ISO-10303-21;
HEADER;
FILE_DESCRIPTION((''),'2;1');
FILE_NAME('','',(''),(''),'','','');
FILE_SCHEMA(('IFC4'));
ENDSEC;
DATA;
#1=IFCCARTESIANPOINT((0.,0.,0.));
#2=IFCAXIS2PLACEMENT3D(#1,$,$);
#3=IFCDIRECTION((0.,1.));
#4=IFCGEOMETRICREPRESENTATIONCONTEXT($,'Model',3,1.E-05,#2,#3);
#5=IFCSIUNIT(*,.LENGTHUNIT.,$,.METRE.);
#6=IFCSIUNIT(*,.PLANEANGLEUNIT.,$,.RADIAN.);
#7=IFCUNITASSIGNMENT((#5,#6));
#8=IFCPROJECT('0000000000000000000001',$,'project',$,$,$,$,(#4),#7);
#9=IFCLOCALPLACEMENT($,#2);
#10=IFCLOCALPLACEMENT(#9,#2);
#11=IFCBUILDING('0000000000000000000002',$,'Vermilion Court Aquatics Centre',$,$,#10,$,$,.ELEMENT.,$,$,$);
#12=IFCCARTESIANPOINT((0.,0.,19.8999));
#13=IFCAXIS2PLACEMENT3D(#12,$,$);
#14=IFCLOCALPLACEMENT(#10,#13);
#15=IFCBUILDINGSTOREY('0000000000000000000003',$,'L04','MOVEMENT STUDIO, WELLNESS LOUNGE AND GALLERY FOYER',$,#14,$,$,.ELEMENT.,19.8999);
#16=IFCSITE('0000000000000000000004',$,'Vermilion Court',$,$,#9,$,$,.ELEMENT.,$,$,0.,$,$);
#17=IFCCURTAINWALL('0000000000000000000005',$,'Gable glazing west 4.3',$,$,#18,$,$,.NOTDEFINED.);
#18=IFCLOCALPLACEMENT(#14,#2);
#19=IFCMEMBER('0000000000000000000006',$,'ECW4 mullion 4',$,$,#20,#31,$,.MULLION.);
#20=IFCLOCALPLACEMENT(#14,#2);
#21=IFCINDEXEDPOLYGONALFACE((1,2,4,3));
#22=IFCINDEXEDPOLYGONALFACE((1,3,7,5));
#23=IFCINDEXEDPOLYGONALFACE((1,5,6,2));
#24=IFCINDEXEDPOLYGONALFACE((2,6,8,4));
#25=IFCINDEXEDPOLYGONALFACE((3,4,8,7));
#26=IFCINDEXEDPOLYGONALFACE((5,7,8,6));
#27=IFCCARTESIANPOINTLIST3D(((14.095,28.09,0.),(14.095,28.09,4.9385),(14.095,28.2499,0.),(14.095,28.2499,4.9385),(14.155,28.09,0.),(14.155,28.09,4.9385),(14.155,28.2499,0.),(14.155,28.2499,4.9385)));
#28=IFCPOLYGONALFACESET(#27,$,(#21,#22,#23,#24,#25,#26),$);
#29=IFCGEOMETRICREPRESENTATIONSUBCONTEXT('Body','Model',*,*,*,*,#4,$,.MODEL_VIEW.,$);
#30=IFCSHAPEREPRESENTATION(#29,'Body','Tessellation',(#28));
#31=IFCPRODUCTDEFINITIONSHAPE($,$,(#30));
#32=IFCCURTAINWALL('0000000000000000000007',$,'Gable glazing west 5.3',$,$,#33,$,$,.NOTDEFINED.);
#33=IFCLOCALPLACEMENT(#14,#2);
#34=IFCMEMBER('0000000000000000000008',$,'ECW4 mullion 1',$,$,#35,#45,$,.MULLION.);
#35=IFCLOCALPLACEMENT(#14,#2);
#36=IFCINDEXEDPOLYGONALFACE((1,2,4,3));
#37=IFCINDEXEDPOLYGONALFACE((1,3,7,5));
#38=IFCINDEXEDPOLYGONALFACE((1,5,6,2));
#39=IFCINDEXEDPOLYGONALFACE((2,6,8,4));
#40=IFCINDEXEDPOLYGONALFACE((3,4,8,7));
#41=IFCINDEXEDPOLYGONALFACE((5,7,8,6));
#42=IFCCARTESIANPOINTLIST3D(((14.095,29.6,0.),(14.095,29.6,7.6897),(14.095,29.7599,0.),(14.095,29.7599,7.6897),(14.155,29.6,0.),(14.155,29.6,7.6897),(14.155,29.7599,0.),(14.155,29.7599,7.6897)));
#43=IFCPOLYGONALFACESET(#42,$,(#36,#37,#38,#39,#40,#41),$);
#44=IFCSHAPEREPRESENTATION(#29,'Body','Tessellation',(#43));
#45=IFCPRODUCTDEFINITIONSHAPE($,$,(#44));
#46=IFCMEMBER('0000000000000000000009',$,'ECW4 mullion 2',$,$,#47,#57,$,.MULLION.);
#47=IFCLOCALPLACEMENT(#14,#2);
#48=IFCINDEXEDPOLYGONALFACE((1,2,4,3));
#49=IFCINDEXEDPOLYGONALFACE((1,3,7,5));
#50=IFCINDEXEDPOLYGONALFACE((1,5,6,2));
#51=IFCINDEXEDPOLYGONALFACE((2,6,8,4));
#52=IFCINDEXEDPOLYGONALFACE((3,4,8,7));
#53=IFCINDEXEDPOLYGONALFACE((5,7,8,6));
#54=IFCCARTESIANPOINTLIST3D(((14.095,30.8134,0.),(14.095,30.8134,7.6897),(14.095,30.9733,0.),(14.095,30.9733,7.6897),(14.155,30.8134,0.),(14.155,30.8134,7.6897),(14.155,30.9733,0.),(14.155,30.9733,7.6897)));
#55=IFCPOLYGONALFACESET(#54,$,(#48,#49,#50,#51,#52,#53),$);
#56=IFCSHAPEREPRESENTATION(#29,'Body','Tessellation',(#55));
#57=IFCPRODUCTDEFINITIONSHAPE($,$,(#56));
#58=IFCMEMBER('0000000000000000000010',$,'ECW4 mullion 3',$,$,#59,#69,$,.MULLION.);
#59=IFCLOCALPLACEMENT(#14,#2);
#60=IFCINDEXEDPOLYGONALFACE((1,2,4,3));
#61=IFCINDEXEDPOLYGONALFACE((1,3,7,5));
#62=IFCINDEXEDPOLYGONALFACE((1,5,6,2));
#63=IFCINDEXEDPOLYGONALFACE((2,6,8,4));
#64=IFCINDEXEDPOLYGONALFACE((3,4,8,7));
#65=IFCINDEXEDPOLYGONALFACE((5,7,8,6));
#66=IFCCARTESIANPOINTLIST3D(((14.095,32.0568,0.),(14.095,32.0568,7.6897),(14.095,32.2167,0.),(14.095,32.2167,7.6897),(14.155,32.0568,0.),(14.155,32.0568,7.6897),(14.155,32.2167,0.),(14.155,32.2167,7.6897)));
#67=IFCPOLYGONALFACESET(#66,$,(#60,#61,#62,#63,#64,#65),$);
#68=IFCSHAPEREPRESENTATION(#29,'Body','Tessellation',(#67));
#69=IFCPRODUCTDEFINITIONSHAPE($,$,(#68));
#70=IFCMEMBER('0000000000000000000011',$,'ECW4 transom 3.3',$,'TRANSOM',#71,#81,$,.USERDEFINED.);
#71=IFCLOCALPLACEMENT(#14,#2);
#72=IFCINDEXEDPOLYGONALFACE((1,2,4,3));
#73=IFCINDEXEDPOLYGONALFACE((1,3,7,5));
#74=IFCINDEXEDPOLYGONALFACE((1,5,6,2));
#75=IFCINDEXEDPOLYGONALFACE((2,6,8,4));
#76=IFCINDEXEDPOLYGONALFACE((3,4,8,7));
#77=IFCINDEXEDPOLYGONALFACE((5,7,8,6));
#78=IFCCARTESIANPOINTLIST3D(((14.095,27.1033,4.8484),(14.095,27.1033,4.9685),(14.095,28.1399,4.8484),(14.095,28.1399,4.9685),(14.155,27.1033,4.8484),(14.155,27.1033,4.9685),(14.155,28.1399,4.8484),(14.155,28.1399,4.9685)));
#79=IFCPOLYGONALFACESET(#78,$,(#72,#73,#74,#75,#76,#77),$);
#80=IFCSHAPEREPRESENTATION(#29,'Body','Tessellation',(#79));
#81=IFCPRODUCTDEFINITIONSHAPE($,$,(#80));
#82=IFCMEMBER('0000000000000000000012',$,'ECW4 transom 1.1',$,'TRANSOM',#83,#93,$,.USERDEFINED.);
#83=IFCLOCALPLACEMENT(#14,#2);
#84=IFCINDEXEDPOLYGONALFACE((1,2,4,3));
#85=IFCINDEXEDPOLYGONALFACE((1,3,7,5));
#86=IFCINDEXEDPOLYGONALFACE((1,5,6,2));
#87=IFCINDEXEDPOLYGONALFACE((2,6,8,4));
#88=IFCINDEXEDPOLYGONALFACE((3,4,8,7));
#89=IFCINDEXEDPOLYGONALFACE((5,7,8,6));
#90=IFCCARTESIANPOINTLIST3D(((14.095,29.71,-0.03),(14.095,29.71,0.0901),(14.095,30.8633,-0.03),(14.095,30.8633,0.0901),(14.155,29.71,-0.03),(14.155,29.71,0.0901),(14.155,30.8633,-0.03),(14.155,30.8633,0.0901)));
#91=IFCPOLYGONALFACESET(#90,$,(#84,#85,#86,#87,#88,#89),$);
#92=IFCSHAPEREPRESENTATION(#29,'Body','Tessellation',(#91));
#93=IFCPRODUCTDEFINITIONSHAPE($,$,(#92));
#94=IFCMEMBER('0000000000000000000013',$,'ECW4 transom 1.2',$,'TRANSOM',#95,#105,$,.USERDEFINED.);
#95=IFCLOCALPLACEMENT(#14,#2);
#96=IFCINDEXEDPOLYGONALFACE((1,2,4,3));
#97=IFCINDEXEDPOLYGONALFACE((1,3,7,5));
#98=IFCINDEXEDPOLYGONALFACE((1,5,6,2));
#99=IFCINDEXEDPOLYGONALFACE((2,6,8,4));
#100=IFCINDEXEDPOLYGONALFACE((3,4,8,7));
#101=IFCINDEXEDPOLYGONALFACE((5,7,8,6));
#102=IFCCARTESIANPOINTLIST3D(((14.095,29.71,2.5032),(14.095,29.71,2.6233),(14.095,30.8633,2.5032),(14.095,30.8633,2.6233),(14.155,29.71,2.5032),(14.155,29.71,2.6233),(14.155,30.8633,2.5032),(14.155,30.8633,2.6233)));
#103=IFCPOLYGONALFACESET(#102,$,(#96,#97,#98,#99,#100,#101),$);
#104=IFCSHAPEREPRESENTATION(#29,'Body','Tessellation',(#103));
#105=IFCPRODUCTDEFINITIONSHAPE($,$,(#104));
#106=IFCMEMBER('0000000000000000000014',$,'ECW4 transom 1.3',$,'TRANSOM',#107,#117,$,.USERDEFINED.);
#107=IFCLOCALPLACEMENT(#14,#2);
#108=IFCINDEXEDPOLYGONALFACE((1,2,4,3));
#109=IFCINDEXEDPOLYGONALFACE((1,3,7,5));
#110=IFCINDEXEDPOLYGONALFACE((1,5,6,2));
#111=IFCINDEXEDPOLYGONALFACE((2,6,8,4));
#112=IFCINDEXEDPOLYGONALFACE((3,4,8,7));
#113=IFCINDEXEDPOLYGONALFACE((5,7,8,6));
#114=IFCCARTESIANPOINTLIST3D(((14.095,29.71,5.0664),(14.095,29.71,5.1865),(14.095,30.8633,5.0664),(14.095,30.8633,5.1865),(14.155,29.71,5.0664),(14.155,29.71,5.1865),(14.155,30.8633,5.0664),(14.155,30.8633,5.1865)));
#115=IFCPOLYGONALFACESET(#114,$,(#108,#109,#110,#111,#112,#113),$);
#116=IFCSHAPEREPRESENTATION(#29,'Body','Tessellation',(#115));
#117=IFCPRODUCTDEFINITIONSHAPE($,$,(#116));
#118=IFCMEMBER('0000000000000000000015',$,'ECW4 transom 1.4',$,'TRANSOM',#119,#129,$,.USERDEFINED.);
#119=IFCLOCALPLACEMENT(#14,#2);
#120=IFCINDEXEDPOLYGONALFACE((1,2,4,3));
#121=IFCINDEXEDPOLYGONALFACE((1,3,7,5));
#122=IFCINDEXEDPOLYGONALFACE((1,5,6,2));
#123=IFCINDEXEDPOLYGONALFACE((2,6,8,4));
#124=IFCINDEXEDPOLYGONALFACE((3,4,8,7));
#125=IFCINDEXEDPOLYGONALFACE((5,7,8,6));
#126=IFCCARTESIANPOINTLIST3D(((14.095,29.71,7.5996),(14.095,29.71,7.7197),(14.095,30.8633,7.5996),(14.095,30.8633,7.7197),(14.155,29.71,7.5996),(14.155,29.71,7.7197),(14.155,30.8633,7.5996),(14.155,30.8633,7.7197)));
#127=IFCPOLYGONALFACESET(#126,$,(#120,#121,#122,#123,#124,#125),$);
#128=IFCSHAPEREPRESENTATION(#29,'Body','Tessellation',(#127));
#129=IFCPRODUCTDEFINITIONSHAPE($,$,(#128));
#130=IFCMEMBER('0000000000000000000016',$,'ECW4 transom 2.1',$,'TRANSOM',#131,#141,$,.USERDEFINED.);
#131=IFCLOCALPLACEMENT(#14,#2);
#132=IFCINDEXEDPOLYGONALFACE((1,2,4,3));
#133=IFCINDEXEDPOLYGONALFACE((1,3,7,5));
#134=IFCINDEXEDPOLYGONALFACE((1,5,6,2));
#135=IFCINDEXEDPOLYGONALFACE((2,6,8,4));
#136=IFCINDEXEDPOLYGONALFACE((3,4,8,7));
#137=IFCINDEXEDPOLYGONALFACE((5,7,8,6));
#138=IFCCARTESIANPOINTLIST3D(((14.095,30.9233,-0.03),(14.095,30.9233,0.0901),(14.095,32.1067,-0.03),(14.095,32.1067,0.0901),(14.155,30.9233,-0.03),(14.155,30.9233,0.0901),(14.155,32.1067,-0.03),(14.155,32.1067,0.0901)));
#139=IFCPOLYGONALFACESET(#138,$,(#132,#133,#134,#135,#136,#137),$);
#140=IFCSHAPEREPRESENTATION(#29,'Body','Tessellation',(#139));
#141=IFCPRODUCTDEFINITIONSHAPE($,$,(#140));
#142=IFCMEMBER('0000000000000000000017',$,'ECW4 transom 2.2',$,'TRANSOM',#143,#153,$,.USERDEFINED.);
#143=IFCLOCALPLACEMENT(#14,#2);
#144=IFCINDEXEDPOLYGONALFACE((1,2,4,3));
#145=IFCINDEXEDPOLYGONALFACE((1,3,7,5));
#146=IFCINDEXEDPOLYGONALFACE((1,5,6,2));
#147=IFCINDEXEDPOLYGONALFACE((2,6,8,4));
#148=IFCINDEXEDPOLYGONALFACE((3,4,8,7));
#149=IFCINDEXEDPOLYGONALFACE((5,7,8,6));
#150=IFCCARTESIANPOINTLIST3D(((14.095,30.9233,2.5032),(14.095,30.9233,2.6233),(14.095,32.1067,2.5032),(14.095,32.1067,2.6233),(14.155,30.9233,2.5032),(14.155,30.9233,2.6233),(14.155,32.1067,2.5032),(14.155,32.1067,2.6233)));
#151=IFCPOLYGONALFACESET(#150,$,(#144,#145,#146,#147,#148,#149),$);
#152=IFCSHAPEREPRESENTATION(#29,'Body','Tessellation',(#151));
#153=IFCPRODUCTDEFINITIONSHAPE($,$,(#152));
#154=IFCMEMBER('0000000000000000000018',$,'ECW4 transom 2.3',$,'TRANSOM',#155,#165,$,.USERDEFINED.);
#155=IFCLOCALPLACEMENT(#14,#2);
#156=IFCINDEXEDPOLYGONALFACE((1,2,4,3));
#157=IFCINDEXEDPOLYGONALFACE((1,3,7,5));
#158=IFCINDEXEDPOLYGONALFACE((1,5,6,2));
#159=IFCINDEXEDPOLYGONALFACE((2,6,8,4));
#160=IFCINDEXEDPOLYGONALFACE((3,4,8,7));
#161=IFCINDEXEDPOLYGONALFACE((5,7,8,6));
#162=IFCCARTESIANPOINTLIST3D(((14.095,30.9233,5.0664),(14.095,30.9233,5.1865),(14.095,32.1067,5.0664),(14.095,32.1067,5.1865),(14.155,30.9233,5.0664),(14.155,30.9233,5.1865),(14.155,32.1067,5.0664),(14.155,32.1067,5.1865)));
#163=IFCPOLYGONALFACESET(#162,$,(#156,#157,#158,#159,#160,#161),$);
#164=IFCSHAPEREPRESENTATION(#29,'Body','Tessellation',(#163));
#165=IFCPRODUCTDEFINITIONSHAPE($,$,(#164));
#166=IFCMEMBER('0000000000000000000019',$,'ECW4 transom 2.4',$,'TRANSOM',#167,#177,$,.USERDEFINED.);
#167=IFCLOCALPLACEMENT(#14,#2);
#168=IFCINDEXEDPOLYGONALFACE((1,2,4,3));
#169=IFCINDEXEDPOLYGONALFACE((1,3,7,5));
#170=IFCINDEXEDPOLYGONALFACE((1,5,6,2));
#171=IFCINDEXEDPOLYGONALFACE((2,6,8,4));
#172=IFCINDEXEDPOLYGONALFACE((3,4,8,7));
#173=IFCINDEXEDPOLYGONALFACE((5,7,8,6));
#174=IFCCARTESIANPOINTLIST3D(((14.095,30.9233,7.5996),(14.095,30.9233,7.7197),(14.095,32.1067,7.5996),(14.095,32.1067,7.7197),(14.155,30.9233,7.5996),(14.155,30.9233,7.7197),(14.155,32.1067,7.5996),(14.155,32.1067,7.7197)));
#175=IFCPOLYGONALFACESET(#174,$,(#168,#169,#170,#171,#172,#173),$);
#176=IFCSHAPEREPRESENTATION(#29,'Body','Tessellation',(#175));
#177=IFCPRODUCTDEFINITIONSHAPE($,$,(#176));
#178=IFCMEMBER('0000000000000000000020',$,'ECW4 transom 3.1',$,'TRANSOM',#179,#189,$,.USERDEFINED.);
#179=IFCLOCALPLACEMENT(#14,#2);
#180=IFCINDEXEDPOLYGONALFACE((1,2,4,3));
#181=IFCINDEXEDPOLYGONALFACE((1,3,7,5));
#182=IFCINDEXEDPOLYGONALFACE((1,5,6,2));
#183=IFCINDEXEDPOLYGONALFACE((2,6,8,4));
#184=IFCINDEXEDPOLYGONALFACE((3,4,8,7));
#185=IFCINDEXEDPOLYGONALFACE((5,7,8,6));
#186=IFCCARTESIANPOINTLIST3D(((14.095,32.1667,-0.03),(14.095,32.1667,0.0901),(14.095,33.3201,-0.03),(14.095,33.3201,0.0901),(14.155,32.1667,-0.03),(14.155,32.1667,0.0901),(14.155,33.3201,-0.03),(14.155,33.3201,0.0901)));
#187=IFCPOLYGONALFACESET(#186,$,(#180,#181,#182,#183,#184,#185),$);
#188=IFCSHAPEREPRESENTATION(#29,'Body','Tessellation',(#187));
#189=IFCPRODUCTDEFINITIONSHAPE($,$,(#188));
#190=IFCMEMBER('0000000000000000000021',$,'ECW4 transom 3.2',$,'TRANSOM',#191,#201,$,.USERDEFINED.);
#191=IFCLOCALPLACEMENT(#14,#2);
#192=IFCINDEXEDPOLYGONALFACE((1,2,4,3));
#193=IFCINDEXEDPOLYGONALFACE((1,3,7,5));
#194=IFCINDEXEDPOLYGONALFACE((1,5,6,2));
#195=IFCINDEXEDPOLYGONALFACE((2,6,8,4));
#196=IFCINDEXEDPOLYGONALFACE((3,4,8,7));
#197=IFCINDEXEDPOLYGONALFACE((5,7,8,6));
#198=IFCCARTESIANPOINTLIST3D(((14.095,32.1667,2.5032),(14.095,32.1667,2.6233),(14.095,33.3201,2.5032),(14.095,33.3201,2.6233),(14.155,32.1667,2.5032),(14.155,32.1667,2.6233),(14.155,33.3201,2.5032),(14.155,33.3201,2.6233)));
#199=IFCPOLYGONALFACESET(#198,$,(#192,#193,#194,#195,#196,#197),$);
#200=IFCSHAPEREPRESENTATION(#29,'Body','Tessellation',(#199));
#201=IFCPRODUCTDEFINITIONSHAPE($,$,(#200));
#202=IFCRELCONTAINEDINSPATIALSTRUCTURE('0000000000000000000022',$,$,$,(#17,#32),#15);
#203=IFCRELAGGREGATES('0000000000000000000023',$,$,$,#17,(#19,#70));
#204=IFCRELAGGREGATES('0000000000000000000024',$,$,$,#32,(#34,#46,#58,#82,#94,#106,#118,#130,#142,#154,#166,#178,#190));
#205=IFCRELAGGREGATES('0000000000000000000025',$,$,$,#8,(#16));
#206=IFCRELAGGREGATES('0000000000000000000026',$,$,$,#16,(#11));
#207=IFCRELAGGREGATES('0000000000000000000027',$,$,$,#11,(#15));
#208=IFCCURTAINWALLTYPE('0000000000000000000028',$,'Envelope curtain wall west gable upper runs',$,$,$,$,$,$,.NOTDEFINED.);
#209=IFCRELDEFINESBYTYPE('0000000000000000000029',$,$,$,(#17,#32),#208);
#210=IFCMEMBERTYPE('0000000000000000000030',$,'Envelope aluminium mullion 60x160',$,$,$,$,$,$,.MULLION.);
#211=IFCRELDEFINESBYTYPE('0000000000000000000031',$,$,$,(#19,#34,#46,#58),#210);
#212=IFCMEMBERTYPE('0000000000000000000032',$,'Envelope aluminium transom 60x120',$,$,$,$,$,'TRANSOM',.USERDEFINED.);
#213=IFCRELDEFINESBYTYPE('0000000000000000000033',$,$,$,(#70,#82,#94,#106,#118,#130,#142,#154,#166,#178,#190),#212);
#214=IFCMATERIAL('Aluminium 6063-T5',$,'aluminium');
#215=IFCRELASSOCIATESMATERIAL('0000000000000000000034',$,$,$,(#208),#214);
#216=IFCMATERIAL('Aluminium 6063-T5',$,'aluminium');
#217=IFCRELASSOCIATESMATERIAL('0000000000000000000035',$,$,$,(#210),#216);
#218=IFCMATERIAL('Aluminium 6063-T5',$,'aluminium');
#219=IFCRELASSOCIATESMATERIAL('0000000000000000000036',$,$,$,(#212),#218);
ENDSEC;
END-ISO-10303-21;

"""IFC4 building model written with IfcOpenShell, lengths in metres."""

from ifc_helpers import new_model, si_unit, direction, frame, origin, origin_2d, place, context, subcontext, project, spatial, rectangle, extrude, material, material_profile, profile_set, type_object, element, aggregate, save


model = new_model("IFC4")

# Units and contexts
model_context = context("Model", 3, precision=1e-05, world=origin(), true_north=direction((0.0, 1.0)))
body_context = subcontext(model_context, "Body", "Model", "MODEL_VIEW")
ifc_project = project(units=[si_unit("LENGTHUNIT", "METRE"), si_unit("PLANEANGLEUNIT", "RADIAN")], contexts=[model_context])

# Site, building, storey
site_placement = place(None, origin())
site = spatial("IfcSite", under=ifc_project, at=site_placement, Name="Vermilion Court", CompositionType="ELEMENT", RefElevation=0.0)
building_placement = place(site_placement, origin())
building = spatial("IfcBuilding", under=site, at=building_placement, Name="Vermilion Court Aquatics Centre", CompositionType="ELEMENT")
storey_placement = place(building_placement, frame((0.0, 0.0, 19.8999)))
storey = spatial("IfcBuildingStorey", under=building, at=storey_placement, Name="L04", Description="MOVEMENT STUDIO, WELLNESS LOUNGE AND GALLERY FOYER", CompositionType="ELEMENT", Elevation=19.8999)

# Curtain wall, member
ifc_material_1 = material(Name="Aluminium 6063-T5", Category="aluminium")
curtain_wall_type = type_object("IfcCurtainWallType", Name="Envelope curtain wall west gable upper runs", PredefinedType="NOTDEFINED", material=ifc_material_1)
curtain_wall_1_placement = place(storey_placement, origin())
curtain_wall_1 = element("IfcCurtainWall", 1, at=curtain_wall_1_placement, inside=storey, type_object=curtain_wall_type, Name="Gable glazing west 4.3", PredefinedType="NOTDEFINED")
ifc_material_2 = material(Name="Aluminium 6063-T5", Category="aluminium")
ifc_material_profile_1 = material_profile(ifc_material_2, rectangle(XDim=0.0601, YDim=0.1599, at=origin_2d()), Name="AL 60x160")
ifc_profile_set_1 = profile_set([ifc_material_profile_1], Name="Aluminium 6063-T5")
member_type_1 = type_object("IfcMemberType", Name="Envelope aluminium mullion 60x160", PredefinedType="MULLION", material=ifc_profile_set_1)
member_1_placement = place(storey_placement, frame((14.125, 28.1699, 0.0), z_axis=(0.0, 0.0, 1.0), x_axis=(-1.0, 0.0, 0.0)))
member_1 = element("IfcMember", 2, at=member_1_placement, type_object=member_type_1, Name="ECW4 mullion 4", PredefinedType="MULLION", context=body_context, shape_type="SweptSolid", body=[
    extrude(rectangle(XDim=0.0601, YDim=0.1599, at=origin_2d()), origin(), (0.0, 0.0, 1.0), 4.9385),
])

# Curtain wall, members
curtain_wall_2_placement = place(storey_placement, origin())
curtain_wall_2 = element("IfcCurtainWall", 3, at=curtain_wall_2_placement, inside=storey, type_object=curtain_wall_type, Name="Gable glazing west 5.3", PredefinedType="NOTDEFINED")
member_2_placement = place(storey_placement, frame((14.125, 29.6799, 0.0), z_axis=(0.0, 0.0, 1.0), x_axis=(-1.0, 0.0, 0.0)))
member_2 = element("IfcMember", 4, at=member_2_placement, type_object=member_type_1, Name="ECW4 mullion 1", PredefinedType="MULLION", context=body_context, shape_type="SweptSolid", body=[
    extrude(rectangle(XDim=0.0601, YDim=0.1599, at=origin_2d()), origin(), (0.0, 0.0, 1.0), 7.6897),
])
member_3_placement = place(storey_placement, frame((14.125, 30.8933, 0.0), z_axis=(0.0, 0.0, 1.0), x_axis=(-1.0, 0.0, 0.0)))
member_3 = element("IfcMember", 5, at=member_3_placement, type_object=member_type_1, Name="ECW4 mullion 2", PredefinedType="MULLION", context=body_context, shape_type="SweptSolid", body=[
    extrude(rectangle(XDim=0.0601, YDim=0.1599, at=origin_2d()), origin(), (0.0, 0.0, 1.0), 7.6897),
])
member_4_placement = place(storey_placement, frame((14.125, 32.1367, 0.0), z_axis=(0.0, 0.0, 1.0), x_axis=(-1.0, 0.0, 0.0)))
member_4 = element("IfcMember", 6, at=member_4_placement, type_object=member_type_1, Name="ECW4 mullion 3", PredefinedType="MULLION", context=body_context, shape_type="SweptSolid", body=[
    extrude(rectangle(XDim=0.0601, YDim=0.1599, at=origin_2d()), origin(), (0.0, 0.0, 1.0), 7.6897),
])

# Members
ifc_material_3 = material(Name="Aluminium 6063-T5", Category="aluminium")
ifc_material_profile_2 = material_profile(ifc_material_3, rectangle(XDim=0.0601, YDim=0.1201, at=origin_2d()), Name="AL 60x120")
ifc_profile_set_2 = profile_set([ifc_material_profile_2], Name="Aluminium 6063-T5")
member_type_2 = type_object("IfcMemberType", Name="Envelope aluminium transom 60x120", ElementType="TRANSOM", PredefinedType="USERDEFINED", material=ifc_profile_set_2)
member_5_placement = place(storey_placement, frame((14.125, 27.1033, 4.9084), z_axis=(0.0, 1.0, 0.0), x_axis=(-1.0, 0.0, 0.0)))
member_5 = element("IfcMember", 7, at=member_5_placement, type_object=member_type_2, Name="ECW4 transom 3.3", ObjectType="TRANSOM", PredefinedType="USERDEFINED", context=body_context, shape_type="SweptSolid", body=[
    extrude(rectangle(XDim=0.0601, YDim=0.1201, at=origin_2d()), origin(), (0.0, 0.0, 1.0), 1.0366),
])
member_6_placement = place(storey_placement, frame((14.125, 29.71, 0.03), z_axis=(0.0, 1.0, 0.0), x_axis=(-1.0, 0.0, 0.0)))
member_6 = element("IfcMember", 8, at=member_6_placement, type_object=member_type_2, Name="ECW4 transom 1.1", ObjectType="TRANSOM", PredefinedType="USERDEFINED", context=body_context, shape_type="SweptSolid", body=[
    extrude(rectangle(XDim=0.0601, YDim=0.1201, at=origin_2d()), origin(), (0.0, 0.0, 1.0), 1.1533),
])
member_7_placement = place(storey_placement, frame((14.125, 29.71, 2.5632), z_axis=(0.0, 1.0, 0.0), x_axis=(-1.0, 0.0, 0.0)))
member_7 = element("IfcMember", 9, at=member_7_placement, type_object=member_type_2, Name="ECW4 transom 1.2", ObjectType="TRANSOM", PredefinedType="USERDEFINED", context=body_context, shape_type="SweptSolid", body=[
    extrude(rectangle(XDim=0.0601, YDim=0.1201, at=origin_2d()), origin(), (0.0, 0.0, 1.0), 1.1533),
])
member_8_placement = place(storey_placement, frame((14.125, 29.71, 5.1265), z_axis=(0.0, 1.0, 0.0), x_axis=(-1.0, 0.0, 0.0)))
member_8 = element("IfcMember", 10, at=member_8_placement, type_object=member_type_2, Name="ECW4 transom 1.3", ObjectType="TRANSOM", PredefinedType="USERDEFINED", context=body_context, shape_type="SweptSolid", body=[
    extrude(rectangle(XDim=0.0601, YDim=0.1201, at=origin_2d()), origin(), (0.0, 0.0, 1.0), 1.1533),
])
member_9_placement = place(storey_placement, frame((14.125, 29.71, 7.6597), z_axis=(0.0, 1.0, 0.0), x_axis=(-1.0, 0.0, 0.0)))
member_9 = element("IfcMember", 11, at=member_9_placement, type_object=member_type_2, Name="ECW4 transom 1.4", ObjectType="TRANSOM", PredefinedType="USERDEFINED", context=body_context, shape_type="SweptSolid", body=[
    extrude(rectangle(XDim=0.0601, YDim=0.1201, at=origin_2d()), origin(), (0.0, 0.0, 1.0), 1.1533),
])
member_10_placement = place(storey_placement, frame((14.125, 30.9233, 0.03), z_axis=(0.0, 1.0, 0.0), x_axis=(-1.0, 0.0, 0.0)))
member_10 = element("IfcMember", 12, at=member_10_placement, type_object=member_type_2, Name="ECW4 transom 2.1", ObjectType="TRANSOM", PredefinedType="USERDEFINED", context=body_context, shape_type="SweptSolid", body=[
    extrude(rectangle(XDim=0.0601, YDim=0.1201, at=origin_2d()), origin(), (0.0, 0.0, 1.0), 1.1833),
])
member_11_placement = place(storey_placement, frame((14.125, 30.9233, 2.5632), z_axis=(0.0, 1.0, 0.0), x_axis=(-1.0, 0.0, 0.0)))
member_11 = element("IfcMember", 13, at=member_11_placement, type_object=member_type_2, Name="ECW4 transom 2.2", ObjectType="TRANSOM", PredefinedType="USERDEFINED", context=body_context, shape_type="SweptSolid", body=[
    extrude(rectangle(XDim=0.0601, YDim=0.1201, at=origin_2d()), origin(), (0.0, 0.0, 1.0), 1.1833),
])
member_12_placement = place(storey_placement, frame((14.125, 30.9233, 5.1265), z_axis=(0.0, 1.0, 0.0), x_axis=(-1.0, 0.0, 0.0)))
member_12 = element("IfcMember", 14, at=member_12_placement, type_object=member_type_2, Name="ECW4 transom 2.3", ObjectType="TRANSOM", PredefinedType="USERDEFINED", context=body_context, shape_type="SweptSolid", body=[
    extrude(rectangle(XDim=0.0601, YDim=0.1201, at=origin_2d()), origin(), (0.0, 0.0, 1.0), 1.1833),
])
member_13_placement = place(storey_placement, frame((14.125, 30.9233, 7.6597), z_axis=(0.0, 1.0, 0.0), x_axis=(-1.0, 0.0, 0.0)))
member_13 = element("IfcMember", 15, at=member_13_placement, type_object=member_type_2, Name="ECW4 transom 2.4", ObjectType="TRANSOM", PredefinedType="USERDEFINED", context=body_context, shape_type="SweptSolid", body=[
    extrude(rectangle(XDim=0.0601, YDim=0.1201, at=origin_2d()), origin(), (0.0, 0.0, 1.0), 1.1833),
])
member_14_placement = place(storey_placement, frame((14.125, 32.1667, 0.03), z_axis=(0.0, 1.0, 0.0), x_axis=(-1.0, 0.0, 0.0)))
member_14 = element("IfcMember", 16, at=member_14_placement, type_object=member_type_2, Name="ECW4 transom 3.1", ObjectType="TRANSOM", PredefinedType="USERDEFINED", context=body_context, shape_type="SweptSolid", body=[
    extrude(rectangle(XDim=0.0601, YDim=0.1201, at=origin_2d()), origin(), (0.0, 0.0, 1.0), 1.1533),
])
member_15_placement = place(storey_placement, frame((14.125, 32.1667, 2.5632), z_axis=(0.0, 1.0, 0.0), x_axis=(-1.0, 0.0, 0.0)))
member_15 = element("IfcMember", 17, at=member_15_placement, type_object=member_type_2, Name="ECW4 transom 3.2", ObjectType="TRANSOM", PredefinedType="USERDEFINED", context=body_context, shape_type="SweptSolid", body=[
    extrude(rectangle(XDim=0.0601, YDim=0.1201, at=origin_2d()), origin(), (0.0, 0.0, 1.0), 1.1533),
])

aggregate(curtain_wall_1, [member_1, member_5])
aggregate(curtain_wall_2, [member_2, member_3, member_4, member_6, member_7, member_8, member_9, member_10, member_11, member_12, member_13, member_14, member_15])

save(model, "model.ifc")
